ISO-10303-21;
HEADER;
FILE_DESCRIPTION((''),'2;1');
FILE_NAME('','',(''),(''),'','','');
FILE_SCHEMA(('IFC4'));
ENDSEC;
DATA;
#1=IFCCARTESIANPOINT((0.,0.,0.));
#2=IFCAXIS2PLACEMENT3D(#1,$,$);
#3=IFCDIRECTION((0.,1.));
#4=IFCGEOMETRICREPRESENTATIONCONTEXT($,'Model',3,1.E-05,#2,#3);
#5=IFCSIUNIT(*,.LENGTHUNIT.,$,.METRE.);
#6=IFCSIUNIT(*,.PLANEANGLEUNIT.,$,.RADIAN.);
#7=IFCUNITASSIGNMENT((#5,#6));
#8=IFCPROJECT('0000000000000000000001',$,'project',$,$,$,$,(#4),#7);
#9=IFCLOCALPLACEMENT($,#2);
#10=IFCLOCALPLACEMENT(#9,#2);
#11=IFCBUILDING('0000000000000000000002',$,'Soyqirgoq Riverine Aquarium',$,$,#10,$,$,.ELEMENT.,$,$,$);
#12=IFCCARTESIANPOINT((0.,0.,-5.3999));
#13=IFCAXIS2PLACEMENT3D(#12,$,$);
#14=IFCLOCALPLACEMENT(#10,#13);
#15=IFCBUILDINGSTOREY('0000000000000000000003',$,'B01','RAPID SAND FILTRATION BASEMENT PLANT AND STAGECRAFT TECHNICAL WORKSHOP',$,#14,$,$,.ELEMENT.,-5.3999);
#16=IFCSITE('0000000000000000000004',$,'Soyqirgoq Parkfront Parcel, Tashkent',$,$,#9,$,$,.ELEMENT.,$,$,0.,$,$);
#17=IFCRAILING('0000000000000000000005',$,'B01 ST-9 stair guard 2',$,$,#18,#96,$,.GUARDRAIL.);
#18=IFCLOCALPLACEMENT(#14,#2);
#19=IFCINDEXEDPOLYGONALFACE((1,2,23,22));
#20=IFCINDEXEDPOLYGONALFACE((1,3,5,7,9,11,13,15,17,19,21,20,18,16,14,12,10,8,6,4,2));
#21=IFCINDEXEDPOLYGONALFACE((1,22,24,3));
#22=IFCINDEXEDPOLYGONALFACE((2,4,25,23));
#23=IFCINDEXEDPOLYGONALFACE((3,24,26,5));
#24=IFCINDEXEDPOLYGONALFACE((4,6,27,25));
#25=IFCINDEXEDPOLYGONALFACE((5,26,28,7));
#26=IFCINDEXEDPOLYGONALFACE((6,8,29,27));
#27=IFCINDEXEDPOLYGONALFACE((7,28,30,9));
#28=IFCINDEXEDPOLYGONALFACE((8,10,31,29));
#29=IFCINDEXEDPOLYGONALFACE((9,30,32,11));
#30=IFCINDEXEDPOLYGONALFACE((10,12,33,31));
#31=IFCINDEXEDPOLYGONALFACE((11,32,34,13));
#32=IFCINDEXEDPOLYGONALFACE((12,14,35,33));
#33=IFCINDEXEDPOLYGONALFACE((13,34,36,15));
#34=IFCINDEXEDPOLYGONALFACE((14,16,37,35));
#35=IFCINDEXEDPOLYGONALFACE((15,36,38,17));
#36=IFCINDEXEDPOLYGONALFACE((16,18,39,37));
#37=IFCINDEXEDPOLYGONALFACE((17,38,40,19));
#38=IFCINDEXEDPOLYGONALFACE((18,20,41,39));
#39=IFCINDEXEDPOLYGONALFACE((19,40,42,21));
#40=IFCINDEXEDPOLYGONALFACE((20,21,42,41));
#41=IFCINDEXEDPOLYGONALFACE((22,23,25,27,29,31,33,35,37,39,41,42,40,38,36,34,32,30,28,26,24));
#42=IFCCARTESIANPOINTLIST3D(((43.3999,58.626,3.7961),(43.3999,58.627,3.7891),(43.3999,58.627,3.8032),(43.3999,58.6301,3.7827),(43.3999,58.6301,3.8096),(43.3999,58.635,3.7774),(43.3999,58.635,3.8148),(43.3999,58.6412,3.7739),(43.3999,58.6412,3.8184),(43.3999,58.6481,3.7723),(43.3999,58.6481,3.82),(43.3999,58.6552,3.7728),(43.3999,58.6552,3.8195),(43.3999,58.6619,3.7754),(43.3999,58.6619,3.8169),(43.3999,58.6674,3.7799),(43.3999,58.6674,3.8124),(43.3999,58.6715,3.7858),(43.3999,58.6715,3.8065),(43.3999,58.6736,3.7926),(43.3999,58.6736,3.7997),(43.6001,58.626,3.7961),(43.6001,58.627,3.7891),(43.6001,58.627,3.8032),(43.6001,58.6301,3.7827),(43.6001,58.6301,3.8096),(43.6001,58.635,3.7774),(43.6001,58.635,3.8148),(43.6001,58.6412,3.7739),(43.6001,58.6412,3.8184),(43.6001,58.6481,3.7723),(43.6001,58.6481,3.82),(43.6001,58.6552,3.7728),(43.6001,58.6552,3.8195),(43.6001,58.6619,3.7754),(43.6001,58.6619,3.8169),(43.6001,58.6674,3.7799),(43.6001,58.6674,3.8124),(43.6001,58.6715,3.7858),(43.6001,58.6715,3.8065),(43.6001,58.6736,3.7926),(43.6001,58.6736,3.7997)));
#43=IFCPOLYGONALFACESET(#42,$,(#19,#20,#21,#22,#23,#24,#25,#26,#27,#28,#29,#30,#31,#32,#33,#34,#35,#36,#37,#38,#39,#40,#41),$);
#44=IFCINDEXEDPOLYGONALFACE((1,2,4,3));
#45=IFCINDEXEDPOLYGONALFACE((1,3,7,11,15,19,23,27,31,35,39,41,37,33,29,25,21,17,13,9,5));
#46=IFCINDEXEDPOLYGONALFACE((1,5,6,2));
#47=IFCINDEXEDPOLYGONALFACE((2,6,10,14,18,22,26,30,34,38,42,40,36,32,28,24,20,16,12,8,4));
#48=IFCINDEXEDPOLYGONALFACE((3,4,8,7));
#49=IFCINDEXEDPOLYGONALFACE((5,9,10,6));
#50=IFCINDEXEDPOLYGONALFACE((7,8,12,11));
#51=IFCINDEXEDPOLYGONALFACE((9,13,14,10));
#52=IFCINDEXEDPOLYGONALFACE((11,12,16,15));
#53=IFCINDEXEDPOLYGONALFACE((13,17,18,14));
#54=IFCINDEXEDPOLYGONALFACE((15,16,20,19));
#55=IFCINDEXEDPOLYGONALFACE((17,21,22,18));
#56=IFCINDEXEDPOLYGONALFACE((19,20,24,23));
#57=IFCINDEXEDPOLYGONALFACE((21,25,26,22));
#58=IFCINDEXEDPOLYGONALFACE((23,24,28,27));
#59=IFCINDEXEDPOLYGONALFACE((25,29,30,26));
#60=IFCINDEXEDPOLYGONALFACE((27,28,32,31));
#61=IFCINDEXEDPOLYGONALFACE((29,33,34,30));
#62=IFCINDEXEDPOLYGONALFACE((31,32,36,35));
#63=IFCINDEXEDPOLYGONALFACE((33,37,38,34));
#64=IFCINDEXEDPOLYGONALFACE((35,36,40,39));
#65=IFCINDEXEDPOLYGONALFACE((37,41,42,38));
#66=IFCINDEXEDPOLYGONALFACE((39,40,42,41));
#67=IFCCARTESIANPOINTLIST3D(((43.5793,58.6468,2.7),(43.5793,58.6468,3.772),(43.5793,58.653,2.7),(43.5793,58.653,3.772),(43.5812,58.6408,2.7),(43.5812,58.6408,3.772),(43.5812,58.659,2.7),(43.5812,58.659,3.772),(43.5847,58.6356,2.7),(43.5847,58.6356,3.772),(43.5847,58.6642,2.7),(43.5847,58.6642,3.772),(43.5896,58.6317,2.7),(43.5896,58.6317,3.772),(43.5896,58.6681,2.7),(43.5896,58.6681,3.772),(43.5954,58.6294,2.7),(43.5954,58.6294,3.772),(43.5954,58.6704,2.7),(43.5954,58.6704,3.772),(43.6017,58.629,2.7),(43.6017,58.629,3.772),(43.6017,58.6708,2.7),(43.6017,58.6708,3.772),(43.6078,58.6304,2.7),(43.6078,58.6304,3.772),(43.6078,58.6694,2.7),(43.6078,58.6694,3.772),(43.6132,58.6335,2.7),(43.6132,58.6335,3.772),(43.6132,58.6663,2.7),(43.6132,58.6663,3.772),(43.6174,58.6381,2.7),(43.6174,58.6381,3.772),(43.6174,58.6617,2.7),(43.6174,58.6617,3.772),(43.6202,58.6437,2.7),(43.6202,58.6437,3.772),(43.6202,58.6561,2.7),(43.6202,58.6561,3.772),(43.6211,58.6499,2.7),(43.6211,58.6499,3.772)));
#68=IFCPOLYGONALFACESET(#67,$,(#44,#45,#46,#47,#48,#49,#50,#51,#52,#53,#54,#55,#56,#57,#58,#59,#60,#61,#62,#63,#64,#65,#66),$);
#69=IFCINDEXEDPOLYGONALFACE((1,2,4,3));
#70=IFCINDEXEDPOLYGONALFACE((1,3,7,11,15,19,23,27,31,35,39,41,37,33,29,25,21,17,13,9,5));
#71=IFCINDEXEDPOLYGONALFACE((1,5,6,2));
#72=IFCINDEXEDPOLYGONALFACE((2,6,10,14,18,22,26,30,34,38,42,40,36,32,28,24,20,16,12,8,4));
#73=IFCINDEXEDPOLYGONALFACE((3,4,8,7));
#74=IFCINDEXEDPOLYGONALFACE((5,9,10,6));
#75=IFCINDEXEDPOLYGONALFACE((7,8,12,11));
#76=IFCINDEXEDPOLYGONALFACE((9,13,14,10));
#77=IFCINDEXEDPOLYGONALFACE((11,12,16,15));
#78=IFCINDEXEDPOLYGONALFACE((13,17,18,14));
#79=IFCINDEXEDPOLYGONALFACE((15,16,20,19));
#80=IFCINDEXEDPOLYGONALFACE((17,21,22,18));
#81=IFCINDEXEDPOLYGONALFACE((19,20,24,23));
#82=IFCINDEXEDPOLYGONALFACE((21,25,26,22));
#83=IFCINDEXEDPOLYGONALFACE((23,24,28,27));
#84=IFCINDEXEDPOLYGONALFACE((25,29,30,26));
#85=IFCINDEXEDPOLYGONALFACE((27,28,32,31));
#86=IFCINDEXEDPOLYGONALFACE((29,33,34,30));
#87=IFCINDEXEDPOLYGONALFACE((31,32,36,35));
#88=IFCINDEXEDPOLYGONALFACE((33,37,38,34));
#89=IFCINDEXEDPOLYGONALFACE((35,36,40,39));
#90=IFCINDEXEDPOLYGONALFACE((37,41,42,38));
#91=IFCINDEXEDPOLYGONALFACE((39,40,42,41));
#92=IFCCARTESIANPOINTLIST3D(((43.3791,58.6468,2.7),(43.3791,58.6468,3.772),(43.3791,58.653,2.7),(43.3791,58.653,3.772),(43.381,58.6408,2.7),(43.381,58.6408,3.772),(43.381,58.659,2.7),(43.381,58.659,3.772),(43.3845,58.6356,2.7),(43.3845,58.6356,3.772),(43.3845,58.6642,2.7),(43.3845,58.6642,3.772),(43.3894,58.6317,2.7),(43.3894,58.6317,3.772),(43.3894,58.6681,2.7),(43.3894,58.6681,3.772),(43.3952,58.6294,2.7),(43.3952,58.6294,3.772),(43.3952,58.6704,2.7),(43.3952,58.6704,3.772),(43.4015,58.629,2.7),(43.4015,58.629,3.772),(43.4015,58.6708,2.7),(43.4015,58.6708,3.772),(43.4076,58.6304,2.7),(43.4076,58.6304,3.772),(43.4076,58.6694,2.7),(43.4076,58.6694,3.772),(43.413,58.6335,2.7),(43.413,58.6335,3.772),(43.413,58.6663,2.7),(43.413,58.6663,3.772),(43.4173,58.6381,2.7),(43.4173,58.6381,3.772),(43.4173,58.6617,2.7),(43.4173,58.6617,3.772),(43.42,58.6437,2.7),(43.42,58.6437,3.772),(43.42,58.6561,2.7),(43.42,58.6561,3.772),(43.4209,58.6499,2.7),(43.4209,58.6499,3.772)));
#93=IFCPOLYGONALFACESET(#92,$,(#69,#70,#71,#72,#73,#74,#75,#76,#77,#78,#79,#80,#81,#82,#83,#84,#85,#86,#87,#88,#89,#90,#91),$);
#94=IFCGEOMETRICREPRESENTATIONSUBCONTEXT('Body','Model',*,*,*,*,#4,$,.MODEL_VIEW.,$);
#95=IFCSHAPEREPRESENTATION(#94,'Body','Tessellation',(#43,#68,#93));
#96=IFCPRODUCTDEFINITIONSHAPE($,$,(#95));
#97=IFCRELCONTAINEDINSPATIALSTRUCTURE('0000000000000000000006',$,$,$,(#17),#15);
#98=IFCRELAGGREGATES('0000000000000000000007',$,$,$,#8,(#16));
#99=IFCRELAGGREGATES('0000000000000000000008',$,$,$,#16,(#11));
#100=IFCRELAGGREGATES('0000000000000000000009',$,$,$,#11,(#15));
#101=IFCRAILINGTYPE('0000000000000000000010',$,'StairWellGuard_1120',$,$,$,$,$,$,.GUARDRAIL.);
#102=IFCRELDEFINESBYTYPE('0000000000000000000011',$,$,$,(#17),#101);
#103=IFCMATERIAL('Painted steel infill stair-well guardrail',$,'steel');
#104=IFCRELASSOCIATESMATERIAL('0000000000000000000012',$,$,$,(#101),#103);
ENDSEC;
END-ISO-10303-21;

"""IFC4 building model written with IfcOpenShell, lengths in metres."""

from ifc_helpers import new_model, si_unit, direction, frame, origin, origin_2d, place, context, subcontext, project, spatial, circle, extrude, material, type_object, element, save


model = new_model("IFC4")

# Units and contexts
model_context = context("Model", 3, precision=1e-05, world=origin(), true_north=direction((0.0, 1.0)))
body_context = subcontext(model_context, "Body", "Model", "MODEL_VIEW")
ifc_project = project(units=[si_unit("LENGTHUNIT", "METRE"), si_unit("PLANEANGLEUNIT", "RADIAN")], contexts=[model_context])

# Site, building, storey
site_placement = place(None, origin())
site = spatial("IfcSite", under=ifc_project, at=site_placement, Name="Soyqirgoq Parkfront Parcel, Tashkent", CompositionType="ELEMENT", RefElevation=0.0)
building_placement = place(site_placement, origin())
building = spatial("IfcBuilding", under=site, at=building_placement, Name="Soyqirgoq Riverine Aquarium", CompositionType="ELEMENT")
storey_placement = place(building_placement, frame((0.0, 0.0, -5.3999)))
storey = spatial("IfcBuildingStorey", under=building, at=storey_placement, Name="B01", Description="RAPID SAND FILTRATION BASEMENT PLANT AND STAGECRAFT TECHNICAL WORKSHOP", CompositionType="ELEMENT", Elevation=-5.3999)

# Railing
ifc_material_1 = material(Name="Painted steel infill stair-well guardrail", Category="steel")
railing_type_1 = type_object("IfcRailingType", Name="StairWellGuard_1120", PredefinedType="GUARDRAIL", material=ifc_material_1)
railing_1_placement = place(storey_placement, frame((43.6001, 58.6499, 2.7)))
element("IfcRailing", 1, at=railing_1_placement, inside=storey, type_object=railing_type_1, Name="B01 ST-9 stair guard 2", PredefinedType="GUARDRAIL", context=body_context, shape_type="SweptSolid", body=[
    extrude(circle(Radius=0.0239, at=origin_2d()), frame((0.0, 0.0, 1.0962), z_axis=(-1.0, 0.0, 0.0), x_axis=(0.0, -1.0, 0.0)), (0.0, 0.0, 1.0), 0.2002),
    extrude(circle(Radius=0.021, at=origin_2d()), origin(), (0.0, 0.0, 1.0), 1.072),
    extrude(circle(Radius=0.021, at=origin_2d()), frame((-0.2002, 0.0, 0.0)), (0.0, 0.0, 1.0), 1.072),
])

save(model, "model.ifc")
